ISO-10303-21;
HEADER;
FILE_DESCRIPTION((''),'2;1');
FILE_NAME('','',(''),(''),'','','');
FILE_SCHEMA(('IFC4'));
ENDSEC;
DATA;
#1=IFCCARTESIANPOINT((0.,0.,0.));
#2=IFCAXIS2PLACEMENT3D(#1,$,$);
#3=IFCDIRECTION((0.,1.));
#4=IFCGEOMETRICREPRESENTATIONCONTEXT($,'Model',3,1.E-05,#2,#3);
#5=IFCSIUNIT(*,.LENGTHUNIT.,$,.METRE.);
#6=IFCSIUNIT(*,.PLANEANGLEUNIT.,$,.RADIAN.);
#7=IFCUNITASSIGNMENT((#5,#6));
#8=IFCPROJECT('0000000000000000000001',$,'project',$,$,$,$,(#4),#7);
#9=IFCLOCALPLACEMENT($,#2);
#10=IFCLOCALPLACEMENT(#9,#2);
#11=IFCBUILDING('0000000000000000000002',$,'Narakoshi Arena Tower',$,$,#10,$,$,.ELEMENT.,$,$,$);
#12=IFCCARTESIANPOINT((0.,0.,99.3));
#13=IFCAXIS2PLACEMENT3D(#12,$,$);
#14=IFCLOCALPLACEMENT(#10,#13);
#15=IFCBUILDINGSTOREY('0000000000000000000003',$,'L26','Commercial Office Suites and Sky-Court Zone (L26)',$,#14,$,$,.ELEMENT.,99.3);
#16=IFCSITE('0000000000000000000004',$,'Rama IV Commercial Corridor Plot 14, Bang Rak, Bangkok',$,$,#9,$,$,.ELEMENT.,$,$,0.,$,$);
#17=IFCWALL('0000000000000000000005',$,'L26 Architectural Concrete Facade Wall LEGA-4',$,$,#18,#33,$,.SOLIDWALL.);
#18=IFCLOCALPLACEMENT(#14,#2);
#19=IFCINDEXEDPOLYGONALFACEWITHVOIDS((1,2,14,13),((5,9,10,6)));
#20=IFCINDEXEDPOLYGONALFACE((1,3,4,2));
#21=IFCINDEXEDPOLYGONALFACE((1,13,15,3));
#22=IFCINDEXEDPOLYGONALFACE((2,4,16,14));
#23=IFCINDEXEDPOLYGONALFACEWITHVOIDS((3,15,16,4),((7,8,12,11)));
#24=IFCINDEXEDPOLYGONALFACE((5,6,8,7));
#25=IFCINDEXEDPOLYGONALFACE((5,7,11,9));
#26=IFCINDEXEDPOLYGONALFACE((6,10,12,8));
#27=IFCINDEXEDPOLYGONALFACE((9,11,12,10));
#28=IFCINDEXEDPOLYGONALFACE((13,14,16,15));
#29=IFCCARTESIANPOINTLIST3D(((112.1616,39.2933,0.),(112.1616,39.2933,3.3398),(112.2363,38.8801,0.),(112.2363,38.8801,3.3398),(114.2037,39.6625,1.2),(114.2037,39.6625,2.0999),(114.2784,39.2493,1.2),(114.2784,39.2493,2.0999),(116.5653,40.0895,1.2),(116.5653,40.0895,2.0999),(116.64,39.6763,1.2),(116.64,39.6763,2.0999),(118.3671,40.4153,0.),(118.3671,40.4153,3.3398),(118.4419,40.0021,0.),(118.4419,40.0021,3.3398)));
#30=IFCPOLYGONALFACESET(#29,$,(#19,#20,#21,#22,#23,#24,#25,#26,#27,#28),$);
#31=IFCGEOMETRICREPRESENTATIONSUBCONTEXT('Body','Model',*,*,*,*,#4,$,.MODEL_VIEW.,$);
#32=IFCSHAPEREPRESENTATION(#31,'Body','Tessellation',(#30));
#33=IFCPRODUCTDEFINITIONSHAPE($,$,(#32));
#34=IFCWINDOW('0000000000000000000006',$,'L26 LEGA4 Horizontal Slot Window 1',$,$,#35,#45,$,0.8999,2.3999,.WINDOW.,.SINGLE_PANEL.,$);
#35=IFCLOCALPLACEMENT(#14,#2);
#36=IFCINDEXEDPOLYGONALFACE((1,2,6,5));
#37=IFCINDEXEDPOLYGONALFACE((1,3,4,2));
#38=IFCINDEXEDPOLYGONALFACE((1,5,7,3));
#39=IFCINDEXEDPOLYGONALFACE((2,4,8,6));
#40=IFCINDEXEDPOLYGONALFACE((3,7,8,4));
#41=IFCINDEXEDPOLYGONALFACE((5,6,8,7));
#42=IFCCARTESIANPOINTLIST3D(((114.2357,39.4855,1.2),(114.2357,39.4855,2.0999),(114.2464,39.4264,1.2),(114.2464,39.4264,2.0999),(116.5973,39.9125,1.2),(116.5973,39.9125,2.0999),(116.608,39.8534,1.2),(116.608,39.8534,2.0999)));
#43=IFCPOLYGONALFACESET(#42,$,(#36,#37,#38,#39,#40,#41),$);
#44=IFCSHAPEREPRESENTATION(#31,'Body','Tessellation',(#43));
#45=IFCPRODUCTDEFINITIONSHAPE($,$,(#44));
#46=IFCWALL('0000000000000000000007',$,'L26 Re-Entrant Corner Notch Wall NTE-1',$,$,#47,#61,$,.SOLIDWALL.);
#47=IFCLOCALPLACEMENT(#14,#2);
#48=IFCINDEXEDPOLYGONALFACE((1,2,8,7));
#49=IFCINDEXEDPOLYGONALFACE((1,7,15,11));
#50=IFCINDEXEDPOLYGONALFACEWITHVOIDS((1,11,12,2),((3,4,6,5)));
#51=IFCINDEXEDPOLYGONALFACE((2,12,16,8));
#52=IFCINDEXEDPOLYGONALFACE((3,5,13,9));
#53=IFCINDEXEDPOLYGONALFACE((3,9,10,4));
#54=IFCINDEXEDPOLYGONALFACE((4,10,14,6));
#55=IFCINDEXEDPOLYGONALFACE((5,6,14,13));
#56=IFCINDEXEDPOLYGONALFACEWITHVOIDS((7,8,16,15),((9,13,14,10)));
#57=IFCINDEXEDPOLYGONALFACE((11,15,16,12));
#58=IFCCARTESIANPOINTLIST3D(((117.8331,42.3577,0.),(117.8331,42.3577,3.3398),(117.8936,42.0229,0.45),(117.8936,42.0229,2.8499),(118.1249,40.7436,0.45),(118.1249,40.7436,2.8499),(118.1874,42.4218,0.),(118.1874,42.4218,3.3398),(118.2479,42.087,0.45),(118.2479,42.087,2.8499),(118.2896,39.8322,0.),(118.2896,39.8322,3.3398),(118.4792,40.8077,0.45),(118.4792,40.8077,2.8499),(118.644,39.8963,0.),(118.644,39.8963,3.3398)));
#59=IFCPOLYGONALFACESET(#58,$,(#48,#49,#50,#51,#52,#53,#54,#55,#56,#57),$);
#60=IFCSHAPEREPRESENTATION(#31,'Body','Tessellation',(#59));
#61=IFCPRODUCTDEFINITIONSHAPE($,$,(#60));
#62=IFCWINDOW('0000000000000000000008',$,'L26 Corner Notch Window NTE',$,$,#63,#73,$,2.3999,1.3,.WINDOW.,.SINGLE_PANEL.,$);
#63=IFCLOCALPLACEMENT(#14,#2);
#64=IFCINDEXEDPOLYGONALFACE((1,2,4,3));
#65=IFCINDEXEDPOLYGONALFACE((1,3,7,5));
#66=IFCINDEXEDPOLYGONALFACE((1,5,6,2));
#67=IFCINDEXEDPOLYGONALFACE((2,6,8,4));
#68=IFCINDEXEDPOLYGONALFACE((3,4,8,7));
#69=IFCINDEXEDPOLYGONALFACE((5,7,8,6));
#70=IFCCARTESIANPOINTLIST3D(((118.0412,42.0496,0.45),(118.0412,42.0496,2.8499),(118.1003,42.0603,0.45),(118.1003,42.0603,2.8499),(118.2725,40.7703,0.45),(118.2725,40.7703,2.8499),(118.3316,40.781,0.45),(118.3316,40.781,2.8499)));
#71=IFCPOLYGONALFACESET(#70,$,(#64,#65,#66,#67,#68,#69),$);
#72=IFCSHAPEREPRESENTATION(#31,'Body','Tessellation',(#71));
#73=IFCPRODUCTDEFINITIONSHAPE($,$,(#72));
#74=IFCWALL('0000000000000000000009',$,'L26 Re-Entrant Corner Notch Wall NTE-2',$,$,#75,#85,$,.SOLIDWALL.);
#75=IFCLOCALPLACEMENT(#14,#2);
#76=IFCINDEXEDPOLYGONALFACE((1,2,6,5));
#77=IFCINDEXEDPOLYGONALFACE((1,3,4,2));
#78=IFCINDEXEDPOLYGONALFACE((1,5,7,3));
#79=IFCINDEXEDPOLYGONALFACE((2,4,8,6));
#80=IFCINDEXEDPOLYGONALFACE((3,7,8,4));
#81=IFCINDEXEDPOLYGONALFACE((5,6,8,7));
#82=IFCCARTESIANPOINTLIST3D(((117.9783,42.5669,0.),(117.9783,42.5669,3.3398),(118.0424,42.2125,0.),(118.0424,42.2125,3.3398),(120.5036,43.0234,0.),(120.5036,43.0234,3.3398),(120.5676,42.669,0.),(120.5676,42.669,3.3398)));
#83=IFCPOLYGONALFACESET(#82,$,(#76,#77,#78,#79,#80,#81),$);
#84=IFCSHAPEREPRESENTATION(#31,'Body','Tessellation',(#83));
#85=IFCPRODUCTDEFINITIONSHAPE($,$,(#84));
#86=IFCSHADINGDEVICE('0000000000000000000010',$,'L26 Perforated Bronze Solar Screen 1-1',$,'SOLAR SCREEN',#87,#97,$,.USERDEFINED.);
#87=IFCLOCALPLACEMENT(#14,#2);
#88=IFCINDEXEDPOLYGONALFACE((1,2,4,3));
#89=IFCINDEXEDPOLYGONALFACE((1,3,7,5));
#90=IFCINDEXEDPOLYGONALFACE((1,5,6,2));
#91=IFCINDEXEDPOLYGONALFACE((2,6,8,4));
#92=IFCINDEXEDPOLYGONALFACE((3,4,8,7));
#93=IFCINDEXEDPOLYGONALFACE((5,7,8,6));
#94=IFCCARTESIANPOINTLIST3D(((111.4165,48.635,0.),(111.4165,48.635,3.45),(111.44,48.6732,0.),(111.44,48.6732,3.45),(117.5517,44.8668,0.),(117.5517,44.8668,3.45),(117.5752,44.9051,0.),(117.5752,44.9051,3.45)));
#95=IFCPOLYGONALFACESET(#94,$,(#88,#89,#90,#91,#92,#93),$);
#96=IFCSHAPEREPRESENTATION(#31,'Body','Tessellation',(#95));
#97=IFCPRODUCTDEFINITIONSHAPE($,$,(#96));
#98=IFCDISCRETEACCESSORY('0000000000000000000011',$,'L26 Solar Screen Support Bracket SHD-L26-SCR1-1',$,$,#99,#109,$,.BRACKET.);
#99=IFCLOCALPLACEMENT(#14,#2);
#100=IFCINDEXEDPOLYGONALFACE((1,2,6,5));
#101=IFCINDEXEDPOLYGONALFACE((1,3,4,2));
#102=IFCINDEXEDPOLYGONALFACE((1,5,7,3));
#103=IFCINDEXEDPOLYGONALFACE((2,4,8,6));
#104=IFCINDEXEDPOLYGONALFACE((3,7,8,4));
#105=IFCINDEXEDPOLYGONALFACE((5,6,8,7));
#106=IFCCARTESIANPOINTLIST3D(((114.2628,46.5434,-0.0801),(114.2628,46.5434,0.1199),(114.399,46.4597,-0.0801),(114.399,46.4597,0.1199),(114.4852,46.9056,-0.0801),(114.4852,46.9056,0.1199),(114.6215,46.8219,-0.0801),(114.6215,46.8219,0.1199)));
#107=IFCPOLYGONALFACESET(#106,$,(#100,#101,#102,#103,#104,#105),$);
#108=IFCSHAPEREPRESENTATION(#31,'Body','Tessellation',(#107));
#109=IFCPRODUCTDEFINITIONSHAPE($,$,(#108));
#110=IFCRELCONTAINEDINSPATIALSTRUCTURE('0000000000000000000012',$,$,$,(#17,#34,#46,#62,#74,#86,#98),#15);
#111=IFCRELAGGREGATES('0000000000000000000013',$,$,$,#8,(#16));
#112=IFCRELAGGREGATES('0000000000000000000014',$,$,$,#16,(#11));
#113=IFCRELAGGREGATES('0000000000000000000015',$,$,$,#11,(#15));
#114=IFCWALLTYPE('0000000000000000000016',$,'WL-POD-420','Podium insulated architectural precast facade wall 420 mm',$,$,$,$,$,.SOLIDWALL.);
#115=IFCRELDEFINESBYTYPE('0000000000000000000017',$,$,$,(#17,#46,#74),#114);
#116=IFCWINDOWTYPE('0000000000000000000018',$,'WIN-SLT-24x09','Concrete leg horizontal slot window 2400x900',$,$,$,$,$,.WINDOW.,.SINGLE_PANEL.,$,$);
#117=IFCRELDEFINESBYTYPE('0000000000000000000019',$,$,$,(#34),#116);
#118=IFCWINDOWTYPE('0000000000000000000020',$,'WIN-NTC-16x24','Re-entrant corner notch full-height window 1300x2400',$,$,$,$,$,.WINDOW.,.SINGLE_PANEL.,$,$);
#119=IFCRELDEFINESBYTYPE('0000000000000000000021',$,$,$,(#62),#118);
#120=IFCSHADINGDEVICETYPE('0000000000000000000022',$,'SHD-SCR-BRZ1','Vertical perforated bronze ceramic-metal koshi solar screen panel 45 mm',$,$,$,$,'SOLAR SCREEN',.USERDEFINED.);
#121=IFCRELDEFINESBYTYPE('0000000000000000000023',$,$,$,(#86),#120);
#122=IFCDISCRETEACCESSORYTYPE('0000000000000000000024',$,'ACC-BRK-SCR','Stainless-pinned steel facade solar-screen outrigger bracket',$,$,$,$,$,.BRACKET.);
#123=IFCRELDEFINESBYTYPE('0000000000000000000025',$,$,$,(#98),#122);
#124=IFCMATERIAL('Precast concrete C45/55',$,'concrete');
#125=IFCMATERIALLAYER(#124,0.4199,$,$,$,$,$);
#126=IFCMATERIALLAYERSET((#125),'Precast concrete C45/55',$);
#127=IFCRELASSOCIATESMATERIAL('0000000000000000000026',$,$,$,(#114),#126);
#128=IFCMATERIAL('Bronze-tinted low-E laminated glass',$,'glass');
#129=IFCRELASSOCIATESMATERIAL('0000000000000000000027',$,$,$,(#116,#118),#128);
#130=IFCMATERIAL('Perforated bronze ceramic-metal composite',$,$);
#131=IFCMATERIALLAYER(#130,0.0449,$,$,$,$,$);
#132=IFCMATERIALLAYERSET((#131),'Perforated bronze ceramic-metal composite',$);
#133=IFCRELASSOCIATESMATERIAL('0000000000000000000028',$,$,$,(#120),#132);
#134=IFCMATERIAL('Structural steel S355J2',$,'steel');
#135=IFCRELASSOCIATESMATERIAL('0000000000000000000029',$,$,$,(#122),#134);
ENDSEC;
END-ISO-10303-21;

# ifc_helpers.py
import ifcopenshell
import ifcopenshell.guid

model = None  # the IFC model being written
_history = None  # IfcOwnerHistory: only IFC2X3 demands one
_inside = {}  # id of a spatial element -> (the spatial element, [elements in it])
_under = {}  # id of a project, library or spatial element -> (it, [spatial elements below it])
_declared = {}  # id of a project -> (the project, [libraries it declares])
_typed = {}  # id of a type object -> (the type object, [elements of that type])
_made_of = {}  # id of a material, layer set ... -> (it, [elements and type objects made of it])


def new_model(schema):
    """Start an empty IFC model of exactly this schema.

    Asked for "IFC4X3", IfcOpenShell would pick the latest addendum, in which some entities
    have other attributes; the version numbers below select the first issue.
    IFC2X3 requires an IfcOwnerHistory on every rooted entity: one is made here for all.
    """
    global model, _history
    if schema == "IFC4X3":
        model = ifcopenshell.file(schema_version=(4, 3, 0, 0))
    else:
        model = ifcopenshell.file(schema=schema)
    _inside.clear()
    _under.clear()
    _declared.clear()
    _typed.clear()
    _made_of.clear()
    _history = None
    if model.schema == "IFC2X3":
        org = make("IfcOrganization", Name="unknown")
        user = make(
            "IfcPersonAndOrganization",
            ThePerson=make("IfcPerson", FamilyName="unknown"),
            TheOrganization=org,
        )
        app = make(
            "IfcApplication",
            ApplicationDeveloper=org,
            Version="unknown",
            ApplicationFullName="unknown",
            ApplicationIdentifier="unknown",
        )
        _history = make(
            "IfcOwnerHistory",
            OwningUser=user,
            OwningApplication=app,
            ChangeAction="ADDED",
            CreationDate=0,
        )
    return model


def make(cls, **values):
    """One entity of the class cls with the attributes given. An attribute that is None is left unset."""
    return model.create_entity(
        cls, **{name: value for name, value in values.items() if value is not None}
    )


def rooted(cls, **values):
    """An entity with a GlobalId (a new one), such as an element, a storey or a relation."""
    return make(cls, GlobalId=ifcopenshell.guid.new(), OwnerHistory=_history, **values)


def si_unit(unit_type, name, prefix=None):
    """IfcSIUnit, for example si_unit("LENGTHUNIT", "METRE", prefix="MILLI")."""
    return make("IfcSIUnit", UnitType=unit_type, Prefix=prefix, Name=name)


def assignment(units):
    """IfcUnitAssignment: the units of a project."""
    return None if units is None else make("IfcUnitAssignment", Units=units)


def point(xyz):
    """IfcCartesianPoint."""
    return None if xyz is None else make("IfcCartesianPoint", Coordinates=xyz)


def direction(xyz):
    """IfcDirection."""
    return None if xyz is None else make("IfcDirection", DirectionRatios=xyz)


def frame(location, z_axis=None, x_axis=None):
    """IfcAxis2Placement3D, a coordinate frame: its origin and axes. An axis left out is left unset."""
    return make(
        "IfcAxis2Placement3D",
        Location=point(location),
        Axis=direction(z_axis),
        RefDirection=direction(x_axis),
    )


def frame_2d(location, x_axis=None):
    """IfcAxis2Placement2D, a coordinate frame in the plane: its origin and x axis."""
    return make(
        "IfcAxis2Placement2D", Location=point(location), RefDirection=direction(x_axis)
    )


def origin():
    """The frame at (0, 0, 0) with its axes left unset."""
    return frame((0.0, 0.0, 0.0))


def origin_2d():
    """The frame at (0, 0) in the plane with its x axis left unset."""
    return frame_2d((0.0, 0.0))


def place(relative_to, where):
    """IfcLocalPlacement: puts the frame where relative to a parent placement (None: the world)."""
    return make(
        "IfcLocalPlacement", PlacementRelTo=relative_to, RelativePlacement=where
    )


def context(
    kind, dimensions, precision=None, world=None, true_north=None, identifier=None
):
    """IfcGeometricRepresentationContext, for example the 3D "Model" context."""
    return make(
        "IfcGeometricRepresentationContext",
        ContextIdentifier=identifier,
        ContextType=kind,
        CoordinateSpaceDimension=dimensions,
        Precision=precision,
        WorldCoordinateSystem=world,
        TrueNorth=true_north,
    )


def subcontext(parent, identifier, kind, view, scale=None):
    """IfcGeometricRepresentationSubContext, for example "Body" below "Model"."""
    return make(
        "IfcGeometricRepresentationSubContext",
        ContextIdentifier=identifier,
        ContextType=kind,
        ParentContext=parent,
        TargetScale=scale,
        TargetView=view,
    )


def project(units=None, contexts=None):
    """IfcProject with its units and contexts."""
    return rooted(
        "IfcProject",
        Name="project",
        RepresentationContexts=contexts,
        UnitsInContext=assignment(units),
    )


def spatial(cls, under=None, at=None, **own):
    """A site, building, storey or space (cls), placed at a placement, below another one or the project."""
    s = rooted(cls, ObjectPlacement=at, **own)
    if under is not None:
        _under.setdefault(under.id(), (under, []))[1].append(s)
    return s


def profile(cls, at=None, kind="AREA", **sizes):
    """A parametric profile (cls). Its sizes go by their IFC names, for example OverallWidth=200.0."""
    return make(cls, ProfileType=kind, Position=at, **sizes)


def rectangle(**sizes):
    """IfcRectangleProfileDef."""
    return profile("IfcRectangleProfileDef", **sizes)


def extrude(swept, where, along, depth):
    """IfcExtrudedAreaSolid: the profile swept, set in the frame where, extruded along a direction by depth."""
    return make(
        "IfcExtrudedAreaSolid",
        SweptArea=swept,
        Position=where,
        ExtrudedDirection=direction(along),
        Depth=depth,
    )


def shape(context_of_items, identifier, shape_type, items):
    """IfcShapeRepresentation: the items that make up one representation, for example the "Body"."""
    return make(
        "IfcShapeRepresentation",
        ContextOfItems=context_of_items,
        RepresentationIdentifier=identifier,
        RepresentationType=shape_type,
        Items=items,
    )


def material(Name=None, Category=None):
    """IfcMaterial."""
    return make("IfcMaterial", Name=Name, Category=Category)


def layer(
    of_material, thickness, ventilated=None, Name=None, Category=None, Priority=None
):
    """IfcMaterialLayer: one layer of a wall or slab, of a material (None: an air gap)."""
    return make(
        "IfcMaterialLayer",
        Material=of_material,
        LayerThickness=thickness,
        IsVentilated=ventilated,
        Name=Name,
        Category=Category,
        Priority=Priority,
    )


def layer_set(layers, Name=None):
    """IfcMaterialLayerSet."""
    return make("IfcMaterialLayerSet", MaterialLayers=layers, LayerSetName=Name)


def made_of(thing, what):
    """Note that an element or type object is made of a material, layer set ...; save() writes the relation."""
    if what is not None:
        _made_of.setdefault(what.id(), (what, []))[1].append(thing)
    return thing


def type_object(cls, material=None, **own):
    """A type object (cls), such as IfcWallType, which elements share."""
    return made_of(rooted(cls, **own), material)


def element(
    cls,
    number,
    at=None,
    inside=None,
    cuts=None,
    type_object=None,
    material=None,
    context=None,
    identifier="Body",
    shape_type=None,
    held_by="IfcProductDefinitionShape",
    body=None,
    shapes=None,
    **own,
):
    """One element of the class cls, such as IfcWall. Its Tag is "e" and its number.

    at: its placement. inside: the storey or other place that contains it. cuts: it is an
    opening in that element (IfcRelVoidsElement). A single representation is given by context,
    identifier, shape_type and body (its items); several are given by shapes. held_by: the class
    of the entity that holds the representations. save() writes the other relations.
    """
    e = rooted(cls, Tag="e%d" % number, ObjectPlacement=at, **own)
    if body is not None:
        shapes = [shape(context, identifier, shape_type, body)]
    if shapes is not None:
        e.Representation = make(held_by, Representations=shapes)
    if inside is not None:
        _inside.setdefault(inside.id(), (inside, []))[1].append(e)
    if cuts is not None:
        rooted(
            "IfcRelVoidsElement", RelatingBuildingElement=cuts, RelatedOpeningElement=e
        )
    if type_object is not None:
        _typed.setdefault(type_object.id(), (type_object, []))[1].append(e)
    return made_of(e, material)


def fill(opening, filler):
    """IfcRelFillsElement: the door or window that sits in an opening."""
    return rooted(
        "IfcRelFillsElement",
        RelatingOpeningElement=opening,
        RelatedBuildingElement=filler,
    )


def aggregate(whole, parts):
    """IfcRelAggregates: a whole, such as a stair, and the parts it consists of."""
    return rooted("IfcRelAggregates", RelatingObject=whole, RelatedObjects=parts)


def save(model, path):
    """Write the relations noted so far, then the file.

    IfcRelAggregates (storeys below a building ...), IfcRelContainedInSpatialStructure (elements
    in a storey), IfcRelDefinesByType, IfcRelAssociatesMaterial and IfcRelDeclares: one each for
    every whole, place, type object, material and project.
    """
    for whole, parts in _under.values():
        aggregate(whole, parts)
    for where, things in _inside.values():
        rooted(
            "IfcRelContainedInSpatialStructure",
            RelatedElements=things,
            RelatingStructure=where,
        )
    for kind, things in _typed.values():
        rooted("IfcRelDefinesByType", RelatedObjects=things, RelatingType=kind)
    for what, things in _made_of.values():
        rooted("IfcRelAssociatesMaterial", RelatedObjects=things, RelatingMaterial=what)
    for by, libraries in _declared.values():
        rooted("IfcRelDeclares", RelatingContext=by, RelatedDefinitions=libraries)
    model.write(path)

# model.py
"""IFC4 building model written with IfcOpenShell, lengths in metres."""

from ifc_helpers import new_model, si_unit, direction, frame, frame_2d, origin, origin_2d, place, context, subcontext, project, spatial, rectangle, extrude, material, layer, layer_set, type_object, element, fill, save


model = new_model("IFC4")

# Units and contexts
model_context = context("Model", 3, precision=1e-05, world=origin(), true_north=direction((0.0, 1.0)))
body_context = subcontext(model_context, "Body", "Model", "MODEL_VIEW")
ifc_project = project(units=[si_unit("LENGTHUNIT", "METRE"), si_unit("PLANEANGLEUNIT", "RADIAN")], contexts=[model_context])

# Site, building, storey
site_placement = place(None, origin())
site = spatial("IfcSite", under=ifc_project, at=site_placement, Name="Rama IV Commercial Corridor Plot 14, Bang Rak, Bangkok", CompositionType="ELEMENT", RefElevation=0.0)
building_placement = place(site_placement, origin())
building = spatial("IfcBuilding", under=site, at=building_placement, Name="Narakoshi Arena Tower", CompositionType="ELEMENT")
storey_placement = place(building_placement, frame((0.0, 0.0, 99.3)))
storey = spatial("IfcBuildingStorey", under=building, at=storey_placement, Name="L26", Description="Commercial Office Suites and Sky-Court Zone (L26)", CompositionType="ELEMENT", Elevation=99.3)

# Shared definitions
ifc_material_1 = material(Name="Structural steel S355J2", Category="steel")

# Shared definitions
ifc_material_2 = material(Name="Bronze-tinted low-E laminated glass", Category="glass")

# Shared definitions
ifc_material_3 = material(Name="Precast concrete C45/55", Category="concrete")

# Walls, openings, windows
ifc_layer_1 = layer(ifc_material_3, 0.4199)
ifc_layer_set_1 = layer_set([ifc_layer_1], Name="Precast concrete C45/55")
wall_type_1 = type_object("IfcWallType", Name="WL-POD-420", Description="Podium insulated architectural precast facade wall 420 mm", PredefinedType="SOLIDWALL", material=ifc_layer_set_1)
wall_1_placement = place(storey_placement, frame((112.199, 39.0867, 0.0), z_axis=(0.0, 0.0, 1.0), x_axis=(0.984043, 0.177931, 0.0)))
wall_1 = element("IfcWall", 1, at=wall_1_placement, inside=storey, type_object=wall_type_1, Name="L26 Architectural Concrete Facade Wall LEGA-4", PredefinedType="SOLIDWALL", context=body_context, shape_type="SweptSolid", body=[
    extrude(rectangle(XDim=6.3062, YDim=0.4199, at=frame_2d((3.1531, 0.0))), origin(), (0.0, 0.0, 1.0), 3.3398),
])
opening_1_placement = place(wall_1_placement, frame((2.0752, 0.0, 1.2)))
opening_1 = element("IfcOpeningElement", 2, at=opening_1_placement, cuts=wall_1, PredefinedType="OPENING", context=body_context, shape_type="SweptSolid", body=[
    extrude(rectangle(XDim=2.3999, YDim=0.8999, at=frame_2d((1.2, 0.45))), frame((0.0, 0.22, 0.0), z_axis=(0.0, -1.0, 0.0), x_axis=(1.0, 0.0, 0.0)), (0.0, 0.0, 1.0), 0.4399),
])
window_type_1 = type_object("IfcWindowType", Name="WIN-SLT-24x09", Description="Concrete leg horizontal slot window 2400x900", PartitioningType="SINGLE_PANEL", PredefinedType="WINDOW", material=ifc_material_2)
window_1_placement = place(opening_1_placement, origin())
window_1 = element("IfcWindow", 3, at=window_1_placement, inside=storey, type_object=window_type_1, Name="L26 LEGA4 Horizontal Slot Window 1", OverallHeight=0.8999, OverallWidth=2.3999, PartitioningType="SINGLE_PANEL", PredefinedType="WINDOW", context=body_context, shape_type="SweptSolid", body=[
    extrude(rectangle(XDim=2.3999, YDim=0.8999, at=frame_2d((1.2, 0.45))), frame((0.0, 0.03, 0.0), z_axis=(0.0, -1.0, 0.0), x_axis=(1.0, 0.0, 0.0)), (0.0, 0.0, 1.0), 0.0601),
])
fill(opening_1, window_1)
wall_2_placement = place(storey_placement, frame((118.4668, 39.8643, 0.0), z_axis=(0.0, 0.0, 1.0), x_axis=(-0.177897, 0.984049, 0.0)))
wall_2 = element("IfcWall", 4, at=wall_2_placement, inside=storey, type_object=wall_type_1, Name="L26 Re-Entrant Corner Notch Wall NTE-1", PredefinedType="SOLIDWALL", context=body_context, shape_type="SweptSolid", body=[
    extrude(rectangle(XDim=2.5664, YDim=0.3601, at=frame_2d((1.2832, 0.0))), origin(), (0.0, 0.0, 1.0), 3.3398),
])
opening_2_placement = place(wall_2_placement, frame((0.9263, 0.0, 0.45)))
opening_2 = element("IfcOpeningElement", 5, at=opening_2_placement, cuts=wall_2, PredefinedType="OPENING", context=body_context, shape_type="SweptSolid", body=[
    extrude(rectangle(XDim=1.3, YDim=2.3999, at=frame_2d((0.6499, 1.2))), frame((0.0, 0.1899, 0.0), z_axis=(0.0, -1.0, 0.0), x_axis=(1.0, 0.0, 0.0)), (0.0, 0.0, 1.0), 0.3801),
])
window_type_2 = type_object("IfcWindowType", Name="WIN-NTC-16x24", Description="Re-entrant corner notch full-height window 1300x2400", PartitioningType="SINGLE_PANEL", PredefinedType="WINDOW", material=ifc_material_2)
window_2_placement = place(opening_2_placement, origin())
window_2 = element("IfcWindow", 6, at=window_2_placement, inside=storey, type_object=window_type_2, Name="L26 Corner Notch Window NTE", OverallHeight=2.3999, OverallWidth=1.3, PartitioningType="SINGLE_PANEL", PredefinedType="WINDOW", context=body_context, shape_type="SweptSolid", body=[
    extrude(rectangle(XDim=1.3, YDim=2.3999, at=frame_2d((0.6499, 1.2))), frame((0.0, 0.03, 0.0), z_axis=(0.0, -1.0, 0.0), x_axis=(1.0, 0.0, 0.0)), (0.0, 0.0, 1.0), 0.0601),
])
fill(opening_2, window_2)

# Wall
wall_3_placement = place(storey_placement, frame((118.0103, 42.3896, 0.0), z_axis=(0.0, 0.0, 1.0), x_axis=(0.984046, 0.177914, 0.0)))
element("IfcWall", 7, at=wall_3_placement, inside=storey, type_object=wall_type_1, Name="L26 Re-Entrant Corner Notch Wall NTE-2", PredefinedType="SOLIDWALL", context=body_context, shape_type="SweptSolid", body=[
    extrude(rectangle(XDim=2.5662, YDim=0.3601, at=frame_2d((1.2832, 0.0))), origin(), (0.0, 0.0, 1.0), 3.3398),
])

# Shading device
ifc_material_4 = material(Name="Perforated bronze ceramic-metal composite")
ifc_layer_2 = layer(ifc_material_4, 0.0449)
ifc_layer_set_2 = layer_set([ifc_layer_2], Name="Perforated bronze ceramic-metal composite")
shading_device_type = type_object("IfcShadingDeviceType", Name="SHD-SCR-BRZ1", Description="Vertical perforated bronze ceramic-metal koshi solar screen panel 45 mm", ElementType="SOLAR SCREEN", PredefinedType="USERDEFINED", material=ifc_layer_set_2)
shading_device_placement = place(storey_placement, frame((114.4958, 46.77, 0.0), z_axis=(0.0, 0.0, 1.0), x_axis=(-0.852111, 0.523361, 0.0)))
element("IfcShadingDevice", 8, at=shading_device_placement, inside=storey, type_object=shading_device_type, Name="L26 Perforated Bronze Solar Screen 1-1", ObjectType="SOLAR SCREEN", PredefinedType="USERDEFINED", context=body_context, shape_type="SweptSolid", body=[
    extrude(rectangle(XDim=7.2, YDim=0.0449, at=origin_2d()), origin(), (0.0, 0.0, 1.0), 3.45),
])

# Discrete accessory
discrete_accessory_type = type_object("IfcDiscreteAccessoryType", Name="ACC-BRK-SCR", Description="Stainless-pinned steel facade solar-screen outrigger bracket", PredefinedType="BRACKET", material=ifc_material_1)
discrete_accessory_placement = place(storey_placement, frame((114.4421, 46.6826, -0.0801), z_axis=(0.0, 0.0, 1.0), x_axis=(-0.852111, 0.523361, 0.0)))
element("IfcDiscreteAccessory", 9, at=discrete_accessory_placement, inside=storey, type_object=discrete_accessory_type, Name="L26 Solar Screen Support Bracket SHD-L26-SCR1-1", PredefinedType="BRACKET", context=body_context, shape_type="SweptSolid", body=[
    extrude(rectangle(XDim=0.1599, YDim=0.425, at=origin_2d()), origin(), (0.0, 0.0, 1.0), 0.2),
])

save(model, "model.ifc")
